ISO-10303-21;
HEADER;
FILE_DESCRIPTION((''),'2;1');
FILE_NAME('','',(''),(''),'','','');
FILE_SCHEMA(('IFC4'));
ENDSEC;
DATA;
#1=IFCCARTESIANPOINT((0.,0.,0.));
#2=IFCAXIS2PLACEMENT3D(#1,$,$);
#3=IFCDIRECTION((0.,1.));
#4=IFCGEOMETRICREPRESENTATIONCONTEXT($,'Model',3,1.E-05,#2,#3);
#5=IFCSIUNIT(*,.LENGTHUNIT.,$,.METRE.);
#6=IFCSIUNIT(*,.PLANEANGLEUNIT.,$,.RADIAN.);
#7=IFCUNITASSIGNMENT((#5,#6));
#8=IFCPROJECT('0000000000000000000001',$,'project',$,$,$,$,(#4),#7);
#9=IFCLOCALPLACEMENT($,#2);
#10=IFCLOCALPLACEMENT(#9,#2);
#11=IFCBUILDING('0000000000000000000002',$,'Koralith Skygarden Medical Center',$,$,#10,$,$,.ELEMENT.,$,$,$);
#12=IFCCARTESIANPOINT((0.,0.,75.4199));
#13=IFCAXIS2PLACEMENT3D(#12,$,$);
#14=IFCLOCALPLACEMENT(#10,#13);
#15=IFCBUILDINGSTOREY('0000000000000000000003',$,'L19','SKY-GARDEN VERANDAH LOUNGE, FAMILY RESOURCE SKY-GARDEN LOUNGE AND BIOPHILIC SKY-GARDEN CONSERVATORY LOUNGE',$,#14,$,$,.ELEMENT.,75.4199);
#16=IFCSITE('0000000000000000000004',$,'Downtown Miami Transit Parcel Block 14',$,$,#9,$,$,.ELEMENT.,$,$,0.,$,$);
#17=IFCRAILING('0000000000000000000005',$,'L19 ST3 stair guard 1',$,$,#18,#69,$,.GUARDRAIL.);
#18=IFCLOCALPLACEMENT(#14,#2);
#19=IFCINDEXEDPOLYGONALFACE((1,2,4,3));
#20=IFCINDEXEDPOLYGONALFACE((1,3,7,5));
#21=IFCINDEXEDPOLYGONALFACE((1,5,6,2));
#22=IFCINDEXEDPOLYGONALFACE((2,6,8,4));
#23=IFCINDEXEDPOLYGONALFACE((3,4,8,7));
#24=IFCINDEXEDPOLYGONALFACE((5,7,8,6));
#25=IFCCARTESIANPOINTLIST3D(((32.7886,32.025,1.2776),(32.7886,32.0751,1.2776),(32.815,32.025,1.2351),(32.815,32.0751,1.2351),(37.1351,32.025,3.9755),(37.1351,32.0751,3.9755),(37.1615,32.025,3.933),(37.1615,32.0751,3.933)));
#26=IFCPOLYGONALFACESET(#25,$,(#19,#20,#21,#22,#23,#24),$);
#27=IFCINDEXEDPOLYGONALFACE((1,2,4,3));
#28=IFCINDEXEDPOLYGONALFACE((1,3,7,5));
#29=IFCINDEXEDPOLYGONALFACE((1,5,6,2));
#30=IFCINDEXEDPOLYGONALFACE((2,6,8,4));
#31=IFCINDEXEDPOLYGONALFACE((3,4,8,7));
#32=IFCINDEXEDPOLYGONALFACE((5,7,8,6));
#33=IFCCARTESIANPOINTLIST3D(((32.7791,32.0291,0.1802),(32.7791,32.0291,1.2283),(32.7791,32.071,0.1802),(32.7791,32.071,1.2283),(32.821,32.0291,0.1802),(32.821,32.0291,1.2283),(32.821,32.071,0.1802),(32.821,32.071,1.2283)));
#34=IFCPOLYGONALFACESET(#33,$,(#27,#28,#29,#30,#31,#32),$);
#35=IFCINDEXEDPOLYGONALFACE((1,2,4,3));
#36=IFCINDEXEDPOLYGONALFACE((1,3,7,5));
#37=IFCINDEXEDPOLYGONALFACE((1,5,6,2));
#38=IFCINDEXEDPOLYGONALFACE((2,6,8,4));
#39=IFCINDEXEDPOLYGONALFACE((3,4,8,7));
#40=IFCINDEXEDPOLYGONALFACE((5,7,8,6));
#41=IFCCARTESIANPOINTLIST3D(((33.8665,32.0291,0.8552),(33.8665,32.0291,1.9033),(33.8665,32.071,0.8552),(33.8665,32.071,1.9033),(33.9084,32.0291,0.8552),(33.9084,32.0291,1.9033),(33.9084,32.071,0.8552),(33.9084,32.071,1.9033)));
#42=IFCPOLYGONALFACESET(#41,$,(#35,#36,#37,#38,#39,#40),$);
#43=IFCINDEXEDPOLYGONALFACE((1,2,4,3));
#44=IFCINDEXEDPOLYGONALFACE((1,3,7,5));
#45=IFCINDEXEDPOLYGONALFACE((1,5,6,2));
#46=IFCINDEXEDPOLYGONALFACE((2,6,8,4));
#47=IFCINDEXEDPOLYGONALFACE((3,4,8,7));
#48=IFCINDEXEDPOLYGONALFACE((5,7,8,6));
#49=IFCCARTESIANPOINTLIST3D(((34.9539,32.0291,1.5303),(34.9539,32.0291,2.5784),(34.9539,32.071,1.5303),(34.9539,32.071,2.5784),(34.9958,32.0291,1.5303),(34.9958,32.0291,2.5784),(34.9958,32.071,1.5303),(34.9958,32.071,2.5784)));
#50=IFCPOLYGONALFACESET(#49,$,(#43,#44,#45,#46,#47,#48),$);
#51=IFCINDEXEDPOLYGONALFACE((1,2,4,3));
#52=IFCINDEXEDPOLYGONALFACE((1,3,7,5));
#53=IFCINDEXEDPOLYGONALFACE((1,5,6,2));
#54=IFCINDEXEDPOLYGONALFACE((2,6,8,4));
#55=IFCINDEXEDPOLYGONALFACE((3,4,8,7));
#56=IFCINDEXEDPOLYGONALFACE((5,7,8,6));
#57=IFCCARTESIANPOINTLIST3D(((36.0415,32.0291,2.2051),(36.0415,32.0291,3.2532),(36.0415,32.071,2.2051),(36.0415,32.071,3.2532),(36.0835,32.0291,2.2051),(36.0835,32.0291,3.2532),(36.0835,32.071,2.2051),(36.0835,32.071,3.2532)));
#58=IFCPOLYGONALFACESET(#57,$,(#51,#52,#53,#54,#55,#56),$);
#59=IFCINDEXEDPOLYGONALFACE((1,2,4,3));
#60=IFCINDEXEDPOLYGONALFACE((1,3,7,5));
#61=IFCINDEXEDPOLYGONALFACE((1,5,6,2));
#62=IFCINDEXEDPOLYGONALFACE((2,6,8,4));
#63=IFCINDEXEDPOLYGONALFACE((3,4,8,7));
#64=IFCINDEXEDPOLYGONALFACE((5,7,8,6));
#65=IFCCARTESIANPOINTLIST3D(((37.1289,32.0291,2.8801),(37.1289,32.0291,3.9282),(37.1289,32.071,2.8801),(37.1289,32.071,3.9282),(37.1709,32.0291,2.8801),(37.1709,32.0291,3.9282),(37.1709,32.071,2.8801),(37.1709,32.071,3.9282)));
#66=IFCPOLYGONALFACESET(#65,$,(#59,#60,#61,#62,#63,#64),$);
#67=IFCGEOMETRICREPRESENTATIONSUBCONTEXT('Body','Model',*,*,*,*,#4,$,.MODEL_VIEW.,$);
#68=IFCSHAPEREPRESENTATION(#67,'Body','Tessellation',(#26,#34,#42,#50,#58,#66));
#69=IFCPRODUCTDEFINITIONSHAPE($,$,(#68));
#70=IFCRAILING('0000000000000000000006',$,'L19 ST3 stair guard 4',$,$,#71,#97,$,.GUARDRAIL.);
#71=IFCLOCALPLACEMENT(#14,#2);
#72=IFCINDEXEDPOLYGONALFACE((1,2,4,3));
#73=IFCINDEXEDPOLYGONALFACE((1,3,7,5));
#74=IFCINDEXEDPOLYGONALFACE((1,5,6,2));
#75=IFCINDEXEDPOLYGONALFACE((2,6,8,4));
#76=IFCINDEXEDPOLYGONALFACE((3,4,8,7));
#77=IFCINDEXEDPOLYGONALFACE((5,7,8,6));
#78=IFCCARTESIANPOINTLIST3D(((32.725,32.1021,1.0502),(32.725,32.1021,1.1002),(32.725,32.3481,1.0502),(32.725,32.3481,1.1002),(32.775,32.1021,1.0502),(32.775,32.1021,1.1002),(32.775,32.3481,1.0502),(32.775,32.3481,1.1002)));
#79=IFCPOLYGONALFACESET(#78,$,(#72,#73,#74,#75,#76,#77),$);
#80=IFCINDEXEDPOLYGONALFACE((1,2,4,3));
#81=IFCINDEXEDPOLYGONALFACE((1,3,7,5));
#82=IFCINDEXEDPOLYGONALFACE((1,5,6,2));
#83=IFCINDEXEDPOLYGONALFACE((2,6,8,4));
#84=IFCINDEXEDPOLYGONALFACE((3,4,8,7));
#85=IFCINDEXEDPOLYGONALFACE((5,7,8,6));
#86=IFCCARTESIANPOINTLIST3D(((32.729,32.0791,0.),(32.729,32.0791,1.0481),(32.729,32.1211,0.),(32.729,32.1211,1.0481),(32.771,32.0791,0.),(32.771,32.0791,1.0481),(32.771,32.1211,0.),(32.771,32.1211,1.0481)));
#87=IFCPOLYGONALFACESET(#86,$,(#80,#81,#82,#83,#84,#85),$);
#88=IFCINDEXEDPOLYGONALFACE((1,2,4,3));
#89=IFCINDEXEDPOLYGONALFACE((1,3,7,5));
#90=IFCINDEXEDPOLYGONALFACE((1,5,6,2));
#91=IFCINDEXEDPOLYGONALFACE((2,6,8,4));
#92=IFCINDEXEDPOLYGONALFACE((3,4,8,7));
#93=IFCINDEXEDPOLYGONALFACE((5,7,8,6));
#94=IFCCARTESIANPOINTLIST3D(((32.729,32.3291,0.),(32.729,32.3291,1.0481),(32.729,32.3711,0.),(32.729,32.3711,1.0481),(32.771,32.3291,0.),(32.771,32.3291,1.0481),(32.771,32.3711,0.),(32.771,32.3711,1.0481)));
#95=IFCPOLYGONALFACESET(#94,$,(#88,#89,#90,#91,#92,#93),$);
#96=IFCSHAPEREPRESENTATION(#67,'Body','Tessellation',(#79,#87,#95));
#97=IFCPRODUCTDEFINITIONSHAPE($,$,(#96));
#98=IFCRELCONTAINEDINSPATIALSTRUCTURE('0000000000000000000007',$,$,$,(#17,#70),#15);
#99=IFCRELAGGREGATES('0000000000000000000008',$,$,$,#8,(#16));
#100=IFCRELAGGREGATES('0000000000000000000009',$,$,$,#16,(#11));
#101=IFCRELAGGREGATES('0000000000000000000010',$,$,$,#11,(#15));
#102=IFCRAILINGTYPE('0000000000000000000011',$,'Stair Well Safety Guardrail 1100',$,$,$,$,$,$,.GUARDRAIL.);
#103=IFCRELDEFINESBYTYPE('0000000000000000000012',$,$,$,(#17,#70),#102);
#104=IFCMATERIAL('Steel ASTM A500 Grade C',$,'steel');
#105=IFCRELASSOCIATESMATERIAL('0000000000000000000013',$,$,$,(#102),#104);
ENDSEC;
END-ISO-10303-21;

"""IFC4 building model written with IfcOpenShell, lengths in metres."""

from ifc_helpers import new_model, si_unit, direction, frame, origin, origin_2d, place, context, subcontext, project, spatial, rectangle, extrude, material, type_object, element, save


model = new_model("IFC4")

# Units and contexts
model_context = context("Model", 3, precision=1e-05, world=origin(), true_north=direction((0.0, 1.0)))
body_context = subcontext(model_context, "Body", "Model", "MODEL_VIEW")
ifc_project = project(units=[si_unit("LENGTHUNIT", "METRE"), si_unit("PLANEANGLEUNIT", "RADIAN")], contexts=[model_context])

# Site, building, storey
site_placement = place(None, origin())
site = spatial("IfcSite", under=ifc_project, at=site_placement, Name="Downtown Miami Transit Parcel Block 14", CompositionType="ELEMENT", RefElevation=0.0)
building_placement = place(site_placement, origin())
building = spatial("IfcBuilding", under=site, at=building_placement, Name="Koralith Skygarden Medical Center", CompositionType="ELEMENT")
storey_placement = place(building_placement, frame((0.0, 0.0, 75.4199)))
storey = spatial("IfcBuildingStorey", under=building, at=storey_placement, Name="L19", Description="SKY-GARDEN VERANDAH LOUNGE, FAMILY RESOURCE SKY-GARDEN LOUNGE AND BIOPHILIC SKY-GARDEN CONSERVATORY LOUNGE", CompositionType="ELEMENT", Elevation=75.4199)

# Railings
ifc_material_1 = material(Name="Steel ASTM A500 Grade C", Category="steel")
railing_type_1 = type_object("IfcRailingType", Name="Stair Well Safety Guardrail 1100", PredefinedType="GUARDRAIL", material=ifc_material_1)
railing_1_placement = place(storey_placement, frame((32.8, 32.05, 0.1802)))
element("IfcRailing", 1, at=railing_1_placement, inside=storey, type_object=railing_type_1, Name="L19 ST3 stair guard 1", PredefinedType="GUARDRAIL", context=body_context, shape_type="SweptSolid", body=[
    extrude(rectangle(XDim=0.05, YDim=0.05, at=origin_2d()), frame((0.0017, 0.0, 1.0762), z_axis=(0.849636, 0.0, 0.527369), x_axis=(0.0, 1.0, 0.0)), (0.0, 0.0, 1.0), 5.1157),
    extrude(rectangle(XDim=0.042, YDim=0.042, at=origin_2d()), origin(), (0.0, 0.0, 1.0), 1.0481),
    extrude(rectangle(XDim=0.042, YDim=0.042, at=origin_2d()), frame((1.0874, 0.0, 0.675)), (0.0, 0.0, 1.0), 1.0481),
    extrude(rectangle(XDim=0.042, YDim=0.042, at=origin_2d()), frame((2.1748, 0.0, 1.3501)), (0.0, 0.0, 1.0), 1.0481),
    extrude(rectangle(XDim=0.042, YDim=0.042, at=origin_2d()), frame((3.2625, 0.0, 2.0249)), (0.0, 0.0, 1.0), 1.0481),
    extrude(rectangle(XDim=0.042, YDim=0.042, at=origin_2d()), frame((4.3499, 0.0, 2.7)), (0.0, 0.0, 1.0), 1.0481),
])
railing_2_placement = place(storey_placement, frame((32.75, 32.1001, 0.0)))
element("IfcRailing", 2, at=railing_2_placement, inside=storey, type_object=railing_type_1, Name="L19 ST3 stair guard 4", PredefinedType="GUARDRAIL", context=body_context, shape_type="SweptSolid", body=[
    extrude(rectangle(XDim=0.05, YDim=0.05, at=origin_2d()), frame((0.0, 0.002, 1.0752), z_axis=(0.0, 1.0, 0.0), x_axis=(-1.0, 0.0, 0.0)), (0.0, 0.0, 1.0), 0.2461),
    extrude(rectangle(XDim=0.042, YDim=0.042, at=origin_2d()), origin(), (0.0, 0.0, 1.0), 1.0481),
    extrude(rectangle(XDim=0.042, YDim=0.042, at=origin_2d()), frame((0.0, 0.25, 0.0)), (0.0, 0.0, 1.0), 1.0481),
])

save(model, "model.ifc")
